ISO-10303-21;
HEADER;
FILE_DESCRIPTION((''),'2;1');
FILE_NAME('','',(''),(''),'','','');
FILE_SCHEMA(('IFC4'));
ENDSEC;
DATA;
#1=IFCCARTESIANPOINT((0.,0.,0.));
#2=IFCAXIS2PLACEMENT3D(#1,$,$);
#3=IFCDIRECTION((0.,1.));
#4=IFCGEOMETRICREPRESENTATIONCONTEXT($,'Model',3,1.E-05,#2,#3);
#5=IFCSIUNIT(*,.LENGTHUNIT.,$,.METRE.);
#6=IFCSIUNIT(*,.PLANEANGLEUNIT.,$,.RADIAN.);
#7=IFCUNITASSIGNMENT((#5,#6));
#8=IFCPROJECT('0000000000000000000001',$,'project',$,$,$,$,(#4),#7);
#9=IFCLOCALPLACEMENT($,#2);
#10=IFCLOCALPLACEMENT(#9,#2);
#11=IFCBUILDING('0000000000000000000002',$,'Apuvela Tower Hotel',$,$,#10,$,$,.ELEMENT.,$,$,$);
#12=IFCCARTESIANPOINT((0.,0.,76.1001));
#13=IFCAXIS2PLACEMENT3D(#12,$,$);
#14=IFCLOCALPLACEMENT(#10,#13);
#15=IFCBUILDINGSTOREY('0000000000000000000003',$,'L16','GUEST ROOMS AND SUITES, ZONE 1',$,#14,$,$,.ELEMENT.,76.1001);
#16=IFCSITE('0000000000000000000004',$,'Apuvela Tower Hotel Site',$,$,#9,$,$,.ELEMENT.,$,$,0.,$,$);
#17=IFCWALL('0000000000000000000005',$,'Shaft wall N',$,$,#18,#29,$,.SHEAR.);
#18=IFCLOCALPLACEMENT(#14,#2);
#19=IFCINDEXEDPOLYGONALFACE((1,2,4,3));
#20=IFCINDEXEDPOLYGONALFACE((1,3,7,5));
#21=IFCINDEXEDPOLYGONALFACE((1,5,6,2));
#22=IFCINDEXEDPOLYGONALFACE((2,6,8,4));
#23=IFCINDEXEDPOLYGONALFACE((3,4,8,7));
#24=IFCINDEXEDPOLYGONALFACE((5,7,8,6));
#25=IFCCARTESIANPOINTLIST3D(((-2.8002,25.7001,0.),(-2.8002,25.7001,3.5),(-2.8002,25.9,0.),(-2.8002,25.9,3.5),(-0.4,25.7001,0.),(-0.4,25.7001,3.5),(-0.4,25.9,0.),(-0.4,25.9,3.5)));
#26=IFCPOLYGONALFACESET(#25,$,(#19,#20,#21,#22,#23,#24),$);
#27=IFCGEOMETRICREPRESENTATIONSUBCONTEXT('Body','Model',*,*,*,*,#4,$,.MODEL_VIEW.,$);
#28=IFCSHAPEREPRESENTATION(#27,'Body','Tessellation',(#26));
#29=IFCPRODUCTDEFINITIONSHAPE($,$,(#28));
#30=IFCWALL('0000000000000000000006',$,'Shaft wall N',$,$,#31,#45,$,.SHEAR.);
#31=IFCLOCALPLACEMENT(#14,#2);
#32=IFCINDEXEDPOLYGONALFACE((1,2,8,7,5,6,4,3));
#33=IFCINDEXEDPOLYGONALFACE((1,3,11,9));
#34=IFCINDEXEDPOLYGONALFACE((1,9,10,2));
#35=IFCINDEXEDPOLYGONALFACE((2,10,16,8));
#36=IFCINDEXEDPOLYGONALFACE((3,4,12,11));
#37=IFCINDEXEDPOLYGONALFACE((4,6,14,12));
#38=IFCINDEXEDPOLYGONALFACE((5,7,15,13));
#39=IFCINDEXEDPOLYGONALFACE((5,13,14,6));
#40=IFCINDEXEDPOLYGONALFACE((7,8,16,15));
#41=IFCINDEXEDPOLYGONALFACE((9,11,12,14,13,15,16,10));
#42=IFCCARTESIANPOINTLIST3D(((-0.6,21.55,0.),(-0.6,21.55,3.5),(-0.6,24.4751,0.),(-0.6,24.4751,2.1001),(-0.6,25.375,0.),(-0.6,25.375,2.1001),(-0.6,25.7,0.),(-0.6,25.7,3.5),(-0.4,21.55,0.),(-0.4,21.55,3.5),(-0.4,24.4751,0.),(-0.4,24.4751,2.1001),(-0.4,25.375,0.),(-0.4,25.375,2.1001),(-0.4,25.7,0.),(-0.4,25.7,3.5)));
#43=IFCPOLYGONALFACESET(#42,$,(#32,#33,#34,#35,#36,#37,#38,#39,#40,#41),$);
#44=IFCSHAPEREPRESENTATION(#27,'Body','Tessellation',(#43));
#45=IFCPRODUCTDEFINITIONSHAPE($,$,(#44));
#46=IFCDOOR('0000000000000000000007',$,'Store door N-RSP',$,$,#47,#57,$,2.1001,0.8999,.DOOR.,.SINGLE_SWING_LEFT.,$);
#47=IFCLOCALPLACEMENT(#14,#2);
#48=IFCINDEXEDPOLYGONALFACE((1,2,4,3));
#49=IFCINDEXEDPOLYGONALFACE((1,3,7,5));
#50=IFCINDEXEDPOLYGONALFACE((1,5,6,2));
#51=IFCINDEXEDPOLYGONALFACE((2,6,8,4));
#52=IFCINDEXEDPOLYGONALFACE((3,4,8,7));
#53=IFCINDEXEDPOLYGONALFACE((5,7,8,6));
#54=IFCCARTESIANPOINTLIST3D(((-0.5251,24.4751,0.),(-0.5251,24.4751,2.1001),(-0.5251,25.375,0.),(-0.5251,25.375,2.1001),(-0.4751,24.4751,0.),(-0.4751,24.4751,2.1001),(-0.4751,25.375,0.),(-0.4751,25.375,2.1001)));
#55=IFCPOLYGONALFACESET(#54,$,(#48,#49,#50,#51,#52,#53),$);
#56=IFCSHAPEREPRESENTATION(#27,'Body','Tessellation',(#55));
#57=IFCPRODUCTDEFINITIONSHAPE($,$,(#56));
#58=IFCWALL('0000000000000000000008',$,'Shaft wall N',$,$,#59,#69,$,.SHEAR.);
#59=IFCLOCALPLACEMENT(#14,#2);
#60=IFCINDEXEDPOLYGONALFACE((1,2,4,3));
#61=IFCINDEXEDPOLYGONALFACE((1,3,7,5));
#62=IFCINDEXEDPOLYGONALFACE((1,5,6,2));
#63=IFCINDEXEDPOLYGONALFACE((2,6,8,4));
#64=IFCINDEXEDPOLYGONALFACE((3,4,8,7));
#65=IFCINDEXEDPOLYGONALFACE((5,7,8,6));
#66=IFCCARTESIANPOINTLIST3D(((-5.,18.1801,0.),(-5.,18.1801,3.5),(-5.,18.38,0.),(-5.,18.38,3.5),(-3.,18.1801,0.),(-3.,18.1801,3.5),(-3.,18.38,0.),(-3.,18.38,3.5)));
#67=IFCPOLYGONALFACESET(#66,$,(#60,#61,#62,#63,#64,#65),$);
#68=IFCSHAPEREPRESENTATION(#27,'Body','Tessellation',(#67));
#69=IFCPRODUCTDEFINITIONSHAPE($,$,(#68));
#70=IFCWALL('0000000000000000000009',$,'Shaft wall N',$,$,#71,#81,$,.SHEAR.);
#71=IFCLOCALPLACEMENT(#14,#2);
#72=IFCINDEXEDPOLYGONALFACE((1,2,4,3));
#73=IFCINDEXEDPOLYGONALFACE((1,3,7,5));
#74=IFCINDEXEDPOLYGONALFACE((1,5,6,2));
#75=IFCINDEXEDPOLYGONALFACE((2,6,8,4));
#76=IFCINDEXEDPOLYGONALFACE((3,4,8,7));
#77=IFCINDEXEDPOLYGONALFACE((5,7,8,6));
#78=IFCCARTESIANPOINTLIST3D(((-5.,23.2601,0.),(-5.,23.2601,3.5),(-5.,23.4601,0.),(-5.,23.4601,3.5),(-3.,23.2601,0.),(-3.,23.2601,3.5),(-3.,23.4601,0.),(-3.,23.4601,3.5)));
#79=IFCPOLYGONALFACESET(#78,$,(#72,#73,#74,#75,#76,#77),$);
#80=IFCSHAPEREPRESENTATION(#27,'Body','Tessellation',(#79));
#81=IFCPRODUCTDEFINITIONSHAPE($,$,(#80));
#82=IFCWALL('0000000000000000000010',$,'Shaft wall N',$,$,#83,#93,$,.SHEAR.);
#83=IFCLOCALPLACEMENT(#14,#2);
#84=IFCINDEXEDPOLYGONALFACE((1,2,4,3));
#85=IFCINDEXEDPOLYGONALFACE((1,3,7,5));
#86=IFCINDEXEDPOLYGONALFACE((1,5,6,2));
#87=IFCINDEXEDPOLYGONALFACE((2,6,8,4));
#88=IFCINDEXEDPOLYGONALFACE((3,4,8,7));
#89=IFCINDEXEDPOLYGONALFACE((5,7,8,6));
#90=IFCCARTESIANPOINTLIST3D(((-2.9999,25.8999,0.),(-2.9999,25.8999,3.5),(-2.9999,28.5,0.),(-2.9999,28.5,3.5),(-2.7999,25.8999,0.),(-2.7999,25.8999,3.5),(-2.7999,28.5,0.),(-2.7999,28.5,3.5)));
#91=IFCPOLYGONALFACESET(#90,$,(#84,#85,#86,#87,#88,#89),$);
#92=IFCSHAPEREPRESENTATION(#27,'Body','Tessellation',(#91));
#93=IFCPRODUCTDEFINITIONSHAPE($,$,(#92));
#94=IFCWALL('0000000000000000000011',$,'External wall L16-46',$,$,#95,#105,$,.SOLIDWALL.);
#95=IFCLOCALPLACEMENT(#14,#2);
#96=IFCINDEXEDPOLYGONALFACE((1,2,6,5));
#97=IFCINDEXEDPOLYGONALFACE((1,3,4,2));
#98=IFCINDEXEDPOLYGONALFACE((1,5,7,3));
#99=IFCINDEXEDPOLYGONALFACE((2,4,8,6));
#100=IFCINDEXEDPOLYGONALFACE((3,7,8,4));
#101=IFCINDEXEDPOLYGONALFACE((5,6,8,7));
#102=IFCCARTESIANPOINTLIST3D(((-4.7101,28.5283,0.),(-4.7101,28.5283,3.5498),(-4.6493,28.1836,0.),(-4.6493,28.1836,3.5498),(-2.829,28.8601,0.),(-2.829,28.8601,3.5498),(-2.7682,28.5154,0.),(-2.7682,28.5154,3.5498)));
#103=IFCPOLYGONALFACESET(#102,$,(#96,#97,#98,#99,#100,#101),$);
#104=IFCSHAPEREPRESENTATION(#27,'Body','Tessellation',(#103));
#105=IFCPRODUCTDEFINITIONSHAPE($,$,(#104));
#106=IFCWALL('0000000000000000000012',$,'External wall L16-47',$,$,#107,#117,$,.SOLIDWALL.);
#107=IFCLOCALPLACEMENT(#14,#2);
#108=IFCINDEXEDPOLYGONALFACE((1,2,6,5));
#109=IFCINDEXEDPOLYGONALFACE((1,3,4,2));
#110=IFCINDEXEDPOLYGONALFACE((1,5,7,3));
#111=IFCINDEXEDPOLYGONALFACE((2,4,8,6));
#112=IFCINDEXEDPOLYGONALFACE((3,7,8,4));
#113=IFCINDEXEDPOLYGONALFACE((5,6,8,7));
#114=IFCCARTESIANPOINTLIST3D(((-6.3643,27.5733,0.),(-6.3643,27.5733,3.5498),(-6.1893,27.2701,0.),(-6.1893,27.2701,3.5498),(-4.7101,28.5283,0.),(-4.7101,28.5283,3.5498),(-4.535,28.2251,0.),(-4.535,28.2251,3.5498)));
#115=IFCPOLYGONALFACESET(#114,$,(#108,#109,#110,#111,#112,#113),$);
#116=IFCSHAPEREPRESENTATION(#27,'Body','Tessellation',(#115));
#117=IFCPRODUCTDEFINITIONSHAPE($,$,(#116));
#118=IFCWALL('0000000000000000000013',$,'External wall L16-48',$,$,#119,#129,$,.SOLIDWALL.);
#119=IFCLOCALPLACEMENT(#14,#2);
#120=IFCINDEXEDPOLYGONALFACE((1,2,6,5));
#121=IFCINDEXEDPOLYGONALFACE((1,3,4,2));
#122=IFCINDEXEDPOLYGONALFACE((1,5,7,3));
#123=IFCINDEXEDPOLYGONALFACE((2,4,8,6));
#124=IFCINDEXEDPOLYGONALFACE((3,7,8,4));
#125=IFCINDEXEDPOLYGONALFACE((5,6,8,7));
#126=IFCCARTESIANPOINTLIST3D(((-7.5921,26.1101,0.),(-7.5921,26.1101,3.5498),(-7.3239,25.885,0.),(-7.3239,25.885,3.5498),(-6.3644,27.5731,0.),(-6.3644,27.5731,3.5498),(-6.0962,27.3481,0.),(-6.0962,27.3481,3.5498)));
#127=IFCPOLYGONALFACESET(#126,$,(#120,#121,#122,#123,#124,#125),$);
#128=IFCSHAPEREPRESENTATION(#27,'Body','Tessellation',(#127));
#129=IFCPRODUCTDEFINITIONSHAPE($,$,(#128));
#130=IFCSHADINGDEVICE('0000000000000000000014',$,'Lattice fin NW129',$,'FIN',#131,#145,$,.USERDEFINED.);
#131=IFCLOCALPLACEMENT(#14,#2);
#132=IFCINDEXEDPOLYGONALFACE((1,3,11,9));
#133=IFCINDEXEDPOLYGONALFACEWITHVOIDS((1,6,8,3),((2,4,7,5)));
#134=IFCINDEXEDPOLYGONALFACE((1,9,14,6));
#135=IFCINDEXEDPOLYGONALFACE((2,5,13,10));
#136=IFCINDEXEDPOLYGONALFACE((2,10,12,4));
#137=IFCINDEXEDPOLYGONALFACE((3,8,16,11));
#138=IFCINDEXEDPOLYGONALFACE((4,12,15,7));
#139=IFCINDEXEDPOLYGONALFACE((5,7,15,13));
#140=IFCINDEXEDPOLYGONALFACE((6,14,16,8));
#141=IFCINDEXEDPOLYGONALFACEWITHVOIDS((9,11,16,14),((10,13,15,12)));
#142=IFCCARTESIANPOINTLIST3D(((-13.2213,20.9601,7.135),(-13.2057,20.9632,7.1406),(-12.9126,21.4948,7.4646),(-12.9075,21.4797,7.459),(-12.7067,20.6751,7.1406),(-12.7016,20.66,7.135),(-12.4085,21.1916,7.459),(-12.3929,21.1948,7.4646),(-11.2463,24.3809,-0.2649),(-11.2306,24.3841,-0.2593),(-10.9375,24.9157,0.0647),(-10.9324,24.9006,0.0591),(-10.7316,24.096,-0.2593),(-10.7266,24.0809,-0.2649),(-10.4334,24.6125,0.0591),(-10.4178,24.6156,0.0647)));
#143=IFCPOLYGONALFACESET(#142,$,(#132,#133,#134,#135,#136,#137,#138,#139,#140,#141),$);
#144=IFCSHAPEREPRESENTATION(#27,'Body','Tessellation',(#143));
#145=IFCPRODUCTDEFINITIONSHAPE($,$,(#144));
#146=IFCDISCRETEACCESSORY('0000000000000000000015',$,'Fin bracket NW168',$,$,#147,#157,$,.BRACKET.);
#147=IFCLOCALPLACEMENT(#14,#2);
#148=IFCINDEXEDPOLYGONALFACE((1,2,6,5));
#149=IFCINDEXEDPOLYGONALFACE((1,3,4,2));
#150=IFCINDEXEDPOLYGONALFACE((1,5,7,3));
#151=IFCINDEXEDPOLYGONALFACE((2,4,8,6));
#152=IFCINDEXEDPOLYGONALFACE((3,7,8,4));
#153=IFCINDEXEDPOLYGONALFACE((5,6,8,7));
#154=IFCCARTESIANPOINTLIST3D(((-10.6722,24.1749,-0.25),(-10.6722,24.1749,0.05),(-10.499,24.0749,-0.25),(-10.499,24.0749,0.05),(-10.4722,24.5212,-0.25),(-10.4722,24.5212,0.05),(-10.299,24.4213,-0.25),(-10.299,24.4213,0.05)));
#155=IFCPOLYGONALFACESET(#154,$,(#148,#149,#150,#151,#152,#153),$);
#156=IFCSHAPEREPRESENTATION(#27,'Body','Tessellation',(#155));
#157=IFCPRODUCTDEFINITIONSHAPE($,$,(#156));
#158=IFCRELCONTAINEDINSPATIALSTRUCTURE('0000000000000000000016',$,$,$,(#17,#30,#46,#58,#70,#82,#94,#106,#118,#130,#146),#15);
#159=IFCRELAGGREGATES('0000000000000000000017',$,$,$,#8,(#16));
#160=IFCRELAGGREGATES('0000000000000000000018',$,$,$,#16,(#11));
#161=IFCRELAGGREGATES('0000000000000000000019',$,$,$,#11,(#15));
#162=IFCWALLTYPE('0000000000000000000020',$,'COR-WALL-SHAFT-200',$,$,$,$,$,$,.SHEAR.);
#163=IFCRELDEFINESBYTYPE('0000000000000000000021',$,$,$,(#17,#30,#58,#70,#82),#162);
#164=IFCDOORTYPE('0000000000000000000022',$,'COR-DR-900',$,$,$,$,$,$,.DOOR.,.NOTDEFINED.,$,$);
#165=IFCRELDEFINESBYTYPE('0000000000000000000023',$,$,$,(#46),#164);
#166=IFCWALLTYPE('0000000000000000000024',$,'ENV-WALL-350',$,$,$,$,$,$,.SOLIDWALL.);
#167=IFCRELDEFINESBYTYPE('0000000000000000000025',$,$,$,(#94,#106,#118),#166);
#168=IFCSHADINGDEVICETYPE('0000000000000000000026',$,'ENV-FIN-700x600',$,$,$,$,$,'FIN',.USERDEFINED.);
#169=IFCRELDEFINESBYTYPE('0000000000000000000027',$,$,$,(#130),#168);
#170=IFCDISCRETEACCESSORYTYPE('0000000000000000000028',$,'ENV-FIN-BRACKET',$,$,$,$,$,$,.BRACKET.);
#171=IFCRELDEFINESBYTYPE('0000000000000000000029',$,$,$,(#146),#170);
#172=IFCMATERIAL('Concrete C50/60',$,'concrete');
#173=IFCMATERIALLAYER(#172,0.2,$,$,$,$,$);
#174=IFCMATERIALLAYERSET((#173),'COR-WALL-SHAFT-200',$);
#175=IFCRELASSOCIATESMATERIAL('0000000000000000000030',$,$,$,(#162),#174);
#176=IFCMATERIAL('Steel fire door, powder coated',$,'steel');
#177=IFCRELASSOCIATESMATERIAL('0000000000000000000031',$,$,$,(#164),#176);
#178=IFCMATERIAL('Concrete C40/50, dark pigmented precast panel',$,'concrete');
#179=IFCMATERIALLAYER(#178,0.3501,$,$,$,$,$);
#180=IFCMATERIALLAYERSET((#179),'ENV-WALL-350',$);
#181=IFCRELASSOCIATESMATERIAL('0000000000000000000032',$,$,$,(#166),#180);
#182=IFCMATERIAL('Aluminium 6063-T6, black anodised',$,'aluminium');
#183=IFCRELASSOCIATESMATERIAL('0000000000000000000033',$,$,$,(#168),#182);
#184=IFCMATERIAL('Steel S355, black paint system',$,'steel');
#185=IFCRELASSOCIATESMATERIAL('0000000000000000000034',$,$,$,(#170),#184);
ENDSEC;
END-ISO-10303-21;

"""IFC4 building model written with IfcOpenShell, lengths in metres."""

from ifc_helpers import new_model, si_unit, direction, frame, frame_2d, origin, origin_2d, place, context, subcontext, project, spatial, rectangle, hollow_rectangle, extrude, material, layer, layer_set, material_profile, profile_set, type_object, element, fill, save


model = new_model("IFC4")

# Units and contexts
model_context = context("Model", 3, precision=1e-05, world=origin(), true_north=direction((0.0, 1.0)))
body_context = subcontext(model_context, "Body", "Model", "MODEL_VIEW")
ifc_project = project(units=[si_unit("LENGTHUNIT", "METRE"), si_unit("PLANEANGLEUNIT", "RADIAN")], contexts=[model_context])

# Site, building, storey
site_placement = place(None, origin())
site = spatial("IfcSite", under=ifc_project, at=site_placement, Name="Apuvela Tower Hotel Site", CompositionType="ELEMENT", RefElevation=0.0)
building_placement = place(site_placement, origin())
building = spatial("IfcBuilding", under=site, at=building_placement, Name="Apuvela Tower Hotel", CompositionType="ELEMENT")
storey_placement = place(building_placement, frame((0.0, 0.0, 76.1001)))
storey = spatial("IfcBuildingStorey", under=building, at=storey_placement, Name="L16", Description="GUEST ROOMS AND SUITES, ZONE 1", CompositionType="ELEMENT", Elevation=76.1001)

# Wall
ifc_material_1 = material(Name="Concrete C50/60", Category="concrete")
ifc_layer_1 = layer(ifc_material_1, 0.2)
ifc_layer_set_1 = layer_set([ifc_layer_1], Name="COR-WALL-SHAFT-200")
wall_type_1 = type_object("IfcWallType", Name="COR-WALL-SHAFT-200", PredefinedType="SHEAR", material=ifc_layer_set_1)
wall_1_placement = place(storey_placement, frame((-0.3999, 25.8, 0.0), z_axis=(0.0, 0.0, 1.0), x_axis=(-1.0, 0.0, 0.0)))
element("IfcWall", 1, at=wall_1_placement, inside=storey, type_object=wall_type_1, Name="Shaft wall N", PredefinedType="SHEAR", context=body_context, shape_type="SweptSolid", body=[
    extrude(rectangle(XDim=2.4001, YDim=0.2, at=frame_2d((1.2002, 0.0))), origin(), (0.0, 0.0, 1.0), 3.5),
])

# Wall, opening, door
wall_2_placement = place(storey_placement, frame((-0.5, 21.55, 0.0), z_axis=(0.0, 0.0, 1.0), x_axis=(0.0, 1.0, 0.0)))
wall_2 = element("IfcWall", 2, at=wall_2_placement, inside=storey, type_object=wall_type_1, Name="Shaft wall N", PredefinedType="SHEAR", context=body_context, shape_type="SweptSolid", body=[
    extrude(rectangle(XDim=4.1499, YDim=0.2, at=frame_2d((2.075, 0.0))), origin(), (0.0, 0.0, 1.0), 3.5),
])
opening_1_placement = place(wall_2_placement, frame((2.925, 0.0, 0.0)))
opening_1 = element("IfcOpeningElement", 3, at=opening_1_placement, cuts=wall_2, PredefinedType="OPENING", context=body_context, shape_type="SweptSolid", body=[
    extrude(rectangle(XDim=0.8999, YDim=2.1001, at=frame_2d((0.45, 1.05))), frame((0.0, 0.1099, 0.0), z_axis=(0.0, -1.0, 0.0), x_axis=(1.0, 0.0, 0.0)), (0.0, 0.0, 1.0), 0.22),
])
ifc_material_2 = material(Name="Steel fire door, powder coated", Category="steel")
door_type_1 = type_object("IfcDoorType", Name="COR-DR-900", OperationType="NOTDEFINED", PredefinedType="DOOR", material=ifc_material_2)
door_1_placement = place(opening_1_placement, frame((0.8999, 0.0, 0.0), z_axis=(0.0, 0.0, 1.0), x_axis=(-1.0, 0.0, 0.0)))
door_1 = element("IfcDoor", 4, at=door_1_placement, inside=storey, type_object=door_type_1, Name="Store door N-RSP", OperationType="SINGLE_SWING_LEFT", OverallHeight=2.1001, OverallWidth=0.8999, PredefinedType="DOOR", context=body_context, shape_type="SweptSolid", body=[
    extrude(rectangle(XDim=0.8999, YDim=2.1001, at=frame_2d((0.45, 1.05))), frame((0.0, 0.0249, 0.0), z_axis=(0.0, -1.0, 0.0), x_axis=(1.0, 0.0, 0.0)), (0.0, 0.0, 1.0), 0.05),
])
fill(opening_1, door_1)

# Walls
for number, where, z_axis, x_axis, name in (
    (5, (-3.0, 18.28, 0.0), (0.0, 0.0, 1.0), (-1.0, 0.0, 0.0), "Shaft wall N"),
    (6, (-3.0, 23.3601, 0.0), (0.0, 0.0, 1.0), (-1.0, 0.0, 0.0), "Shaft wall N"),
):
    element("IfcWall", number, at=place(storey_placement, frame(where, z_axis=z_axis, x_axis=x_axis)), inside=storey, type_object=wall_type_1, Name=name, PredefinedType="SHEAR", context=body_context, shape_type="SweptSolid", body=[
        extrude(rectangle(XDim=2.0, YDim=0.2, at=frame_2d((1.0, 0.0))), origin(), (0.0, 0.0, 1.0), 3.5),
    ])
wall_3_placement = place(storey_placement, frame((-2.8999, 25.8999, 0.0), z_axis=(0.0, 0.0, 1.0), x_axis=(0.0, 1.0, 0.0)))
element("IfcWall", 7, at=wall_3_placement, inside=storey, type_object=wall_type_1, Name="Shaft wall N", PredefinedType="SHEAR", context=body_context, shape_type="SweptSolid", body=[
    extrude(rectangle(XDim=2.6001, YDim=0.2, at=frame_2d((1.3, 0.0))), origin(), (0.0, 0.0, 1.0), 3.5),
])

# Shared definitions
ifc_material_3 = material(Name="Concrete C40/50, dark pigmented precast panel", Category="concrete")
ifc_layer_2 = layer(ifc_material_3, 0.3501)
ifc_layer_set_2 = layer_set([ifc_layer_2], Name="ENV-WALL-350")
wall_type_2 = type_object("IfcWallType", Name="ENV-WALL-350", PredefinedType="SOLIDWALL", material=ifc_layer_set_2)

# Walls
for number, where, z_axis, x_axis, name in (
    (8, (-2.7986, 28.6877, 0.0), (0.0, 0.0, 1.0), (-0.984799, -0.173698, 0.0), "External wall L16-46"),
    (9, (-4.6226, 28.3767, 0.0), (0.0, 0.0, 1.0), (-0.866032, -0.499988, 0.0), "External wall L16-47"),
):
    element("IfcWall", number, at=place(storey_placement, frame(where, z_axis=z_axis, x_axis=x_axis)), inside=storey, type_object=wall_type_2, Name=name, PredefinedType="SOLIDWALL", context=body_context, shape_type="SweptSolid", body=[
        extrude(rectangle(XDim=1.9102, YDim=0.3501, at=frame_2d((0.9551, 0.0))), origin(), (0.0, 0.0, 1.0), 3.5498),
    ])
wall_4_placement = place(storey_placement, frame((-6.2302, 27.4607, 0.0), z_axis=(0.0, 0.0, 1.0), x_axis=(-0.642808, -0.766027, 0.0)))
element("IfcWall", 10, at=wall_4_placement, inside=storey, type_object=wall_type_2, Name="External wall L16-48", PredefinedType="SOLIDWALL", context=body_context, shape_type="SweptSolid", body=[
    extrude(rectangle(XDim=1.9099, YDim=0.3501, at=frame_2d((0.9551, 0.0))), origin(), (0.0, 0.0, 1.0), 3.5498),
])

# Shading device
ifc_material_4 = material(Name="Aluminium 6063-T6, black anodised", Category="aluminium")
ifc_material_profile_1 = material_profile(ifc_material_4, hollow_rectangle(XDim=0.6001, YDim=0.7, WallThickness=0.012, at=origin_2d()), Name="AL BOX 700x600x12")
ifc_profile_set_1 = profile_set([ifc_material_profile_1], Name="Aluminium 6063-T6, black anodised")
shading_device_type = type_object("IfcShadingDeviceType", Name="ENV-FIN-700x600", ElementType="FIN", PredefinedType="USERDEFINED", material=ifc_profile_set_1)
shading_device_placement = place(storey_placement, frame((-10.832, 24.4983, -0.1001), z_axis=(-0.235461, -0.407822, 0.882179), x_axis=(0.866021, -0.500008, 0.0)))
element("IfcShadingDevice", 11, at=shading_device_placement, inside=storey, type_object=shading_device_type, Name="Lattice fin NW129", ObjectType="FIN", PredefinedType="USERDEFINED", context=body_context, shape_type="SweptSolid", body=[
    extrude(hollow_rectangle(XDim=0.6001, YDim=0.7, WallThickness=0.012, at=origin_2d()), origin(), (0.0, 0.0, 1.0), 8.3882),
])

# Discrete accessory
ifc_material_5 = material(Name="Steel S355, black paint system", Category="steel")
discrete_accessory_type = type_object("IfcDiscreteAccessoryType", Name="ENV-FIN-BRACKET", PredefinedType="BRACKET", material=ifc_material_5)
discrete_accessory_placement = place(storey_placement, frame((-10.4856, 24.2981, -0.25), z_axis=(0.0, 0.0, 1.0), x_axis=(-0.5, -0.866025, 0.0)))
element("IfcDiscreteAccessory", 12, at=discrete_accessory_placement, inside=storey, type_object=discrete_accessory_type, Name="Fin bracket NW168", PredefinedType="BRACKET", context=body_context, shape_type="SweptSolid", body=[
    extrude(rectangle(XDim=0.3999, YDim=0.2, at=origin_2d()), origin(), (0.0, 0.0, 1.0), 0.3),
])

save(model, "model.ifc")
